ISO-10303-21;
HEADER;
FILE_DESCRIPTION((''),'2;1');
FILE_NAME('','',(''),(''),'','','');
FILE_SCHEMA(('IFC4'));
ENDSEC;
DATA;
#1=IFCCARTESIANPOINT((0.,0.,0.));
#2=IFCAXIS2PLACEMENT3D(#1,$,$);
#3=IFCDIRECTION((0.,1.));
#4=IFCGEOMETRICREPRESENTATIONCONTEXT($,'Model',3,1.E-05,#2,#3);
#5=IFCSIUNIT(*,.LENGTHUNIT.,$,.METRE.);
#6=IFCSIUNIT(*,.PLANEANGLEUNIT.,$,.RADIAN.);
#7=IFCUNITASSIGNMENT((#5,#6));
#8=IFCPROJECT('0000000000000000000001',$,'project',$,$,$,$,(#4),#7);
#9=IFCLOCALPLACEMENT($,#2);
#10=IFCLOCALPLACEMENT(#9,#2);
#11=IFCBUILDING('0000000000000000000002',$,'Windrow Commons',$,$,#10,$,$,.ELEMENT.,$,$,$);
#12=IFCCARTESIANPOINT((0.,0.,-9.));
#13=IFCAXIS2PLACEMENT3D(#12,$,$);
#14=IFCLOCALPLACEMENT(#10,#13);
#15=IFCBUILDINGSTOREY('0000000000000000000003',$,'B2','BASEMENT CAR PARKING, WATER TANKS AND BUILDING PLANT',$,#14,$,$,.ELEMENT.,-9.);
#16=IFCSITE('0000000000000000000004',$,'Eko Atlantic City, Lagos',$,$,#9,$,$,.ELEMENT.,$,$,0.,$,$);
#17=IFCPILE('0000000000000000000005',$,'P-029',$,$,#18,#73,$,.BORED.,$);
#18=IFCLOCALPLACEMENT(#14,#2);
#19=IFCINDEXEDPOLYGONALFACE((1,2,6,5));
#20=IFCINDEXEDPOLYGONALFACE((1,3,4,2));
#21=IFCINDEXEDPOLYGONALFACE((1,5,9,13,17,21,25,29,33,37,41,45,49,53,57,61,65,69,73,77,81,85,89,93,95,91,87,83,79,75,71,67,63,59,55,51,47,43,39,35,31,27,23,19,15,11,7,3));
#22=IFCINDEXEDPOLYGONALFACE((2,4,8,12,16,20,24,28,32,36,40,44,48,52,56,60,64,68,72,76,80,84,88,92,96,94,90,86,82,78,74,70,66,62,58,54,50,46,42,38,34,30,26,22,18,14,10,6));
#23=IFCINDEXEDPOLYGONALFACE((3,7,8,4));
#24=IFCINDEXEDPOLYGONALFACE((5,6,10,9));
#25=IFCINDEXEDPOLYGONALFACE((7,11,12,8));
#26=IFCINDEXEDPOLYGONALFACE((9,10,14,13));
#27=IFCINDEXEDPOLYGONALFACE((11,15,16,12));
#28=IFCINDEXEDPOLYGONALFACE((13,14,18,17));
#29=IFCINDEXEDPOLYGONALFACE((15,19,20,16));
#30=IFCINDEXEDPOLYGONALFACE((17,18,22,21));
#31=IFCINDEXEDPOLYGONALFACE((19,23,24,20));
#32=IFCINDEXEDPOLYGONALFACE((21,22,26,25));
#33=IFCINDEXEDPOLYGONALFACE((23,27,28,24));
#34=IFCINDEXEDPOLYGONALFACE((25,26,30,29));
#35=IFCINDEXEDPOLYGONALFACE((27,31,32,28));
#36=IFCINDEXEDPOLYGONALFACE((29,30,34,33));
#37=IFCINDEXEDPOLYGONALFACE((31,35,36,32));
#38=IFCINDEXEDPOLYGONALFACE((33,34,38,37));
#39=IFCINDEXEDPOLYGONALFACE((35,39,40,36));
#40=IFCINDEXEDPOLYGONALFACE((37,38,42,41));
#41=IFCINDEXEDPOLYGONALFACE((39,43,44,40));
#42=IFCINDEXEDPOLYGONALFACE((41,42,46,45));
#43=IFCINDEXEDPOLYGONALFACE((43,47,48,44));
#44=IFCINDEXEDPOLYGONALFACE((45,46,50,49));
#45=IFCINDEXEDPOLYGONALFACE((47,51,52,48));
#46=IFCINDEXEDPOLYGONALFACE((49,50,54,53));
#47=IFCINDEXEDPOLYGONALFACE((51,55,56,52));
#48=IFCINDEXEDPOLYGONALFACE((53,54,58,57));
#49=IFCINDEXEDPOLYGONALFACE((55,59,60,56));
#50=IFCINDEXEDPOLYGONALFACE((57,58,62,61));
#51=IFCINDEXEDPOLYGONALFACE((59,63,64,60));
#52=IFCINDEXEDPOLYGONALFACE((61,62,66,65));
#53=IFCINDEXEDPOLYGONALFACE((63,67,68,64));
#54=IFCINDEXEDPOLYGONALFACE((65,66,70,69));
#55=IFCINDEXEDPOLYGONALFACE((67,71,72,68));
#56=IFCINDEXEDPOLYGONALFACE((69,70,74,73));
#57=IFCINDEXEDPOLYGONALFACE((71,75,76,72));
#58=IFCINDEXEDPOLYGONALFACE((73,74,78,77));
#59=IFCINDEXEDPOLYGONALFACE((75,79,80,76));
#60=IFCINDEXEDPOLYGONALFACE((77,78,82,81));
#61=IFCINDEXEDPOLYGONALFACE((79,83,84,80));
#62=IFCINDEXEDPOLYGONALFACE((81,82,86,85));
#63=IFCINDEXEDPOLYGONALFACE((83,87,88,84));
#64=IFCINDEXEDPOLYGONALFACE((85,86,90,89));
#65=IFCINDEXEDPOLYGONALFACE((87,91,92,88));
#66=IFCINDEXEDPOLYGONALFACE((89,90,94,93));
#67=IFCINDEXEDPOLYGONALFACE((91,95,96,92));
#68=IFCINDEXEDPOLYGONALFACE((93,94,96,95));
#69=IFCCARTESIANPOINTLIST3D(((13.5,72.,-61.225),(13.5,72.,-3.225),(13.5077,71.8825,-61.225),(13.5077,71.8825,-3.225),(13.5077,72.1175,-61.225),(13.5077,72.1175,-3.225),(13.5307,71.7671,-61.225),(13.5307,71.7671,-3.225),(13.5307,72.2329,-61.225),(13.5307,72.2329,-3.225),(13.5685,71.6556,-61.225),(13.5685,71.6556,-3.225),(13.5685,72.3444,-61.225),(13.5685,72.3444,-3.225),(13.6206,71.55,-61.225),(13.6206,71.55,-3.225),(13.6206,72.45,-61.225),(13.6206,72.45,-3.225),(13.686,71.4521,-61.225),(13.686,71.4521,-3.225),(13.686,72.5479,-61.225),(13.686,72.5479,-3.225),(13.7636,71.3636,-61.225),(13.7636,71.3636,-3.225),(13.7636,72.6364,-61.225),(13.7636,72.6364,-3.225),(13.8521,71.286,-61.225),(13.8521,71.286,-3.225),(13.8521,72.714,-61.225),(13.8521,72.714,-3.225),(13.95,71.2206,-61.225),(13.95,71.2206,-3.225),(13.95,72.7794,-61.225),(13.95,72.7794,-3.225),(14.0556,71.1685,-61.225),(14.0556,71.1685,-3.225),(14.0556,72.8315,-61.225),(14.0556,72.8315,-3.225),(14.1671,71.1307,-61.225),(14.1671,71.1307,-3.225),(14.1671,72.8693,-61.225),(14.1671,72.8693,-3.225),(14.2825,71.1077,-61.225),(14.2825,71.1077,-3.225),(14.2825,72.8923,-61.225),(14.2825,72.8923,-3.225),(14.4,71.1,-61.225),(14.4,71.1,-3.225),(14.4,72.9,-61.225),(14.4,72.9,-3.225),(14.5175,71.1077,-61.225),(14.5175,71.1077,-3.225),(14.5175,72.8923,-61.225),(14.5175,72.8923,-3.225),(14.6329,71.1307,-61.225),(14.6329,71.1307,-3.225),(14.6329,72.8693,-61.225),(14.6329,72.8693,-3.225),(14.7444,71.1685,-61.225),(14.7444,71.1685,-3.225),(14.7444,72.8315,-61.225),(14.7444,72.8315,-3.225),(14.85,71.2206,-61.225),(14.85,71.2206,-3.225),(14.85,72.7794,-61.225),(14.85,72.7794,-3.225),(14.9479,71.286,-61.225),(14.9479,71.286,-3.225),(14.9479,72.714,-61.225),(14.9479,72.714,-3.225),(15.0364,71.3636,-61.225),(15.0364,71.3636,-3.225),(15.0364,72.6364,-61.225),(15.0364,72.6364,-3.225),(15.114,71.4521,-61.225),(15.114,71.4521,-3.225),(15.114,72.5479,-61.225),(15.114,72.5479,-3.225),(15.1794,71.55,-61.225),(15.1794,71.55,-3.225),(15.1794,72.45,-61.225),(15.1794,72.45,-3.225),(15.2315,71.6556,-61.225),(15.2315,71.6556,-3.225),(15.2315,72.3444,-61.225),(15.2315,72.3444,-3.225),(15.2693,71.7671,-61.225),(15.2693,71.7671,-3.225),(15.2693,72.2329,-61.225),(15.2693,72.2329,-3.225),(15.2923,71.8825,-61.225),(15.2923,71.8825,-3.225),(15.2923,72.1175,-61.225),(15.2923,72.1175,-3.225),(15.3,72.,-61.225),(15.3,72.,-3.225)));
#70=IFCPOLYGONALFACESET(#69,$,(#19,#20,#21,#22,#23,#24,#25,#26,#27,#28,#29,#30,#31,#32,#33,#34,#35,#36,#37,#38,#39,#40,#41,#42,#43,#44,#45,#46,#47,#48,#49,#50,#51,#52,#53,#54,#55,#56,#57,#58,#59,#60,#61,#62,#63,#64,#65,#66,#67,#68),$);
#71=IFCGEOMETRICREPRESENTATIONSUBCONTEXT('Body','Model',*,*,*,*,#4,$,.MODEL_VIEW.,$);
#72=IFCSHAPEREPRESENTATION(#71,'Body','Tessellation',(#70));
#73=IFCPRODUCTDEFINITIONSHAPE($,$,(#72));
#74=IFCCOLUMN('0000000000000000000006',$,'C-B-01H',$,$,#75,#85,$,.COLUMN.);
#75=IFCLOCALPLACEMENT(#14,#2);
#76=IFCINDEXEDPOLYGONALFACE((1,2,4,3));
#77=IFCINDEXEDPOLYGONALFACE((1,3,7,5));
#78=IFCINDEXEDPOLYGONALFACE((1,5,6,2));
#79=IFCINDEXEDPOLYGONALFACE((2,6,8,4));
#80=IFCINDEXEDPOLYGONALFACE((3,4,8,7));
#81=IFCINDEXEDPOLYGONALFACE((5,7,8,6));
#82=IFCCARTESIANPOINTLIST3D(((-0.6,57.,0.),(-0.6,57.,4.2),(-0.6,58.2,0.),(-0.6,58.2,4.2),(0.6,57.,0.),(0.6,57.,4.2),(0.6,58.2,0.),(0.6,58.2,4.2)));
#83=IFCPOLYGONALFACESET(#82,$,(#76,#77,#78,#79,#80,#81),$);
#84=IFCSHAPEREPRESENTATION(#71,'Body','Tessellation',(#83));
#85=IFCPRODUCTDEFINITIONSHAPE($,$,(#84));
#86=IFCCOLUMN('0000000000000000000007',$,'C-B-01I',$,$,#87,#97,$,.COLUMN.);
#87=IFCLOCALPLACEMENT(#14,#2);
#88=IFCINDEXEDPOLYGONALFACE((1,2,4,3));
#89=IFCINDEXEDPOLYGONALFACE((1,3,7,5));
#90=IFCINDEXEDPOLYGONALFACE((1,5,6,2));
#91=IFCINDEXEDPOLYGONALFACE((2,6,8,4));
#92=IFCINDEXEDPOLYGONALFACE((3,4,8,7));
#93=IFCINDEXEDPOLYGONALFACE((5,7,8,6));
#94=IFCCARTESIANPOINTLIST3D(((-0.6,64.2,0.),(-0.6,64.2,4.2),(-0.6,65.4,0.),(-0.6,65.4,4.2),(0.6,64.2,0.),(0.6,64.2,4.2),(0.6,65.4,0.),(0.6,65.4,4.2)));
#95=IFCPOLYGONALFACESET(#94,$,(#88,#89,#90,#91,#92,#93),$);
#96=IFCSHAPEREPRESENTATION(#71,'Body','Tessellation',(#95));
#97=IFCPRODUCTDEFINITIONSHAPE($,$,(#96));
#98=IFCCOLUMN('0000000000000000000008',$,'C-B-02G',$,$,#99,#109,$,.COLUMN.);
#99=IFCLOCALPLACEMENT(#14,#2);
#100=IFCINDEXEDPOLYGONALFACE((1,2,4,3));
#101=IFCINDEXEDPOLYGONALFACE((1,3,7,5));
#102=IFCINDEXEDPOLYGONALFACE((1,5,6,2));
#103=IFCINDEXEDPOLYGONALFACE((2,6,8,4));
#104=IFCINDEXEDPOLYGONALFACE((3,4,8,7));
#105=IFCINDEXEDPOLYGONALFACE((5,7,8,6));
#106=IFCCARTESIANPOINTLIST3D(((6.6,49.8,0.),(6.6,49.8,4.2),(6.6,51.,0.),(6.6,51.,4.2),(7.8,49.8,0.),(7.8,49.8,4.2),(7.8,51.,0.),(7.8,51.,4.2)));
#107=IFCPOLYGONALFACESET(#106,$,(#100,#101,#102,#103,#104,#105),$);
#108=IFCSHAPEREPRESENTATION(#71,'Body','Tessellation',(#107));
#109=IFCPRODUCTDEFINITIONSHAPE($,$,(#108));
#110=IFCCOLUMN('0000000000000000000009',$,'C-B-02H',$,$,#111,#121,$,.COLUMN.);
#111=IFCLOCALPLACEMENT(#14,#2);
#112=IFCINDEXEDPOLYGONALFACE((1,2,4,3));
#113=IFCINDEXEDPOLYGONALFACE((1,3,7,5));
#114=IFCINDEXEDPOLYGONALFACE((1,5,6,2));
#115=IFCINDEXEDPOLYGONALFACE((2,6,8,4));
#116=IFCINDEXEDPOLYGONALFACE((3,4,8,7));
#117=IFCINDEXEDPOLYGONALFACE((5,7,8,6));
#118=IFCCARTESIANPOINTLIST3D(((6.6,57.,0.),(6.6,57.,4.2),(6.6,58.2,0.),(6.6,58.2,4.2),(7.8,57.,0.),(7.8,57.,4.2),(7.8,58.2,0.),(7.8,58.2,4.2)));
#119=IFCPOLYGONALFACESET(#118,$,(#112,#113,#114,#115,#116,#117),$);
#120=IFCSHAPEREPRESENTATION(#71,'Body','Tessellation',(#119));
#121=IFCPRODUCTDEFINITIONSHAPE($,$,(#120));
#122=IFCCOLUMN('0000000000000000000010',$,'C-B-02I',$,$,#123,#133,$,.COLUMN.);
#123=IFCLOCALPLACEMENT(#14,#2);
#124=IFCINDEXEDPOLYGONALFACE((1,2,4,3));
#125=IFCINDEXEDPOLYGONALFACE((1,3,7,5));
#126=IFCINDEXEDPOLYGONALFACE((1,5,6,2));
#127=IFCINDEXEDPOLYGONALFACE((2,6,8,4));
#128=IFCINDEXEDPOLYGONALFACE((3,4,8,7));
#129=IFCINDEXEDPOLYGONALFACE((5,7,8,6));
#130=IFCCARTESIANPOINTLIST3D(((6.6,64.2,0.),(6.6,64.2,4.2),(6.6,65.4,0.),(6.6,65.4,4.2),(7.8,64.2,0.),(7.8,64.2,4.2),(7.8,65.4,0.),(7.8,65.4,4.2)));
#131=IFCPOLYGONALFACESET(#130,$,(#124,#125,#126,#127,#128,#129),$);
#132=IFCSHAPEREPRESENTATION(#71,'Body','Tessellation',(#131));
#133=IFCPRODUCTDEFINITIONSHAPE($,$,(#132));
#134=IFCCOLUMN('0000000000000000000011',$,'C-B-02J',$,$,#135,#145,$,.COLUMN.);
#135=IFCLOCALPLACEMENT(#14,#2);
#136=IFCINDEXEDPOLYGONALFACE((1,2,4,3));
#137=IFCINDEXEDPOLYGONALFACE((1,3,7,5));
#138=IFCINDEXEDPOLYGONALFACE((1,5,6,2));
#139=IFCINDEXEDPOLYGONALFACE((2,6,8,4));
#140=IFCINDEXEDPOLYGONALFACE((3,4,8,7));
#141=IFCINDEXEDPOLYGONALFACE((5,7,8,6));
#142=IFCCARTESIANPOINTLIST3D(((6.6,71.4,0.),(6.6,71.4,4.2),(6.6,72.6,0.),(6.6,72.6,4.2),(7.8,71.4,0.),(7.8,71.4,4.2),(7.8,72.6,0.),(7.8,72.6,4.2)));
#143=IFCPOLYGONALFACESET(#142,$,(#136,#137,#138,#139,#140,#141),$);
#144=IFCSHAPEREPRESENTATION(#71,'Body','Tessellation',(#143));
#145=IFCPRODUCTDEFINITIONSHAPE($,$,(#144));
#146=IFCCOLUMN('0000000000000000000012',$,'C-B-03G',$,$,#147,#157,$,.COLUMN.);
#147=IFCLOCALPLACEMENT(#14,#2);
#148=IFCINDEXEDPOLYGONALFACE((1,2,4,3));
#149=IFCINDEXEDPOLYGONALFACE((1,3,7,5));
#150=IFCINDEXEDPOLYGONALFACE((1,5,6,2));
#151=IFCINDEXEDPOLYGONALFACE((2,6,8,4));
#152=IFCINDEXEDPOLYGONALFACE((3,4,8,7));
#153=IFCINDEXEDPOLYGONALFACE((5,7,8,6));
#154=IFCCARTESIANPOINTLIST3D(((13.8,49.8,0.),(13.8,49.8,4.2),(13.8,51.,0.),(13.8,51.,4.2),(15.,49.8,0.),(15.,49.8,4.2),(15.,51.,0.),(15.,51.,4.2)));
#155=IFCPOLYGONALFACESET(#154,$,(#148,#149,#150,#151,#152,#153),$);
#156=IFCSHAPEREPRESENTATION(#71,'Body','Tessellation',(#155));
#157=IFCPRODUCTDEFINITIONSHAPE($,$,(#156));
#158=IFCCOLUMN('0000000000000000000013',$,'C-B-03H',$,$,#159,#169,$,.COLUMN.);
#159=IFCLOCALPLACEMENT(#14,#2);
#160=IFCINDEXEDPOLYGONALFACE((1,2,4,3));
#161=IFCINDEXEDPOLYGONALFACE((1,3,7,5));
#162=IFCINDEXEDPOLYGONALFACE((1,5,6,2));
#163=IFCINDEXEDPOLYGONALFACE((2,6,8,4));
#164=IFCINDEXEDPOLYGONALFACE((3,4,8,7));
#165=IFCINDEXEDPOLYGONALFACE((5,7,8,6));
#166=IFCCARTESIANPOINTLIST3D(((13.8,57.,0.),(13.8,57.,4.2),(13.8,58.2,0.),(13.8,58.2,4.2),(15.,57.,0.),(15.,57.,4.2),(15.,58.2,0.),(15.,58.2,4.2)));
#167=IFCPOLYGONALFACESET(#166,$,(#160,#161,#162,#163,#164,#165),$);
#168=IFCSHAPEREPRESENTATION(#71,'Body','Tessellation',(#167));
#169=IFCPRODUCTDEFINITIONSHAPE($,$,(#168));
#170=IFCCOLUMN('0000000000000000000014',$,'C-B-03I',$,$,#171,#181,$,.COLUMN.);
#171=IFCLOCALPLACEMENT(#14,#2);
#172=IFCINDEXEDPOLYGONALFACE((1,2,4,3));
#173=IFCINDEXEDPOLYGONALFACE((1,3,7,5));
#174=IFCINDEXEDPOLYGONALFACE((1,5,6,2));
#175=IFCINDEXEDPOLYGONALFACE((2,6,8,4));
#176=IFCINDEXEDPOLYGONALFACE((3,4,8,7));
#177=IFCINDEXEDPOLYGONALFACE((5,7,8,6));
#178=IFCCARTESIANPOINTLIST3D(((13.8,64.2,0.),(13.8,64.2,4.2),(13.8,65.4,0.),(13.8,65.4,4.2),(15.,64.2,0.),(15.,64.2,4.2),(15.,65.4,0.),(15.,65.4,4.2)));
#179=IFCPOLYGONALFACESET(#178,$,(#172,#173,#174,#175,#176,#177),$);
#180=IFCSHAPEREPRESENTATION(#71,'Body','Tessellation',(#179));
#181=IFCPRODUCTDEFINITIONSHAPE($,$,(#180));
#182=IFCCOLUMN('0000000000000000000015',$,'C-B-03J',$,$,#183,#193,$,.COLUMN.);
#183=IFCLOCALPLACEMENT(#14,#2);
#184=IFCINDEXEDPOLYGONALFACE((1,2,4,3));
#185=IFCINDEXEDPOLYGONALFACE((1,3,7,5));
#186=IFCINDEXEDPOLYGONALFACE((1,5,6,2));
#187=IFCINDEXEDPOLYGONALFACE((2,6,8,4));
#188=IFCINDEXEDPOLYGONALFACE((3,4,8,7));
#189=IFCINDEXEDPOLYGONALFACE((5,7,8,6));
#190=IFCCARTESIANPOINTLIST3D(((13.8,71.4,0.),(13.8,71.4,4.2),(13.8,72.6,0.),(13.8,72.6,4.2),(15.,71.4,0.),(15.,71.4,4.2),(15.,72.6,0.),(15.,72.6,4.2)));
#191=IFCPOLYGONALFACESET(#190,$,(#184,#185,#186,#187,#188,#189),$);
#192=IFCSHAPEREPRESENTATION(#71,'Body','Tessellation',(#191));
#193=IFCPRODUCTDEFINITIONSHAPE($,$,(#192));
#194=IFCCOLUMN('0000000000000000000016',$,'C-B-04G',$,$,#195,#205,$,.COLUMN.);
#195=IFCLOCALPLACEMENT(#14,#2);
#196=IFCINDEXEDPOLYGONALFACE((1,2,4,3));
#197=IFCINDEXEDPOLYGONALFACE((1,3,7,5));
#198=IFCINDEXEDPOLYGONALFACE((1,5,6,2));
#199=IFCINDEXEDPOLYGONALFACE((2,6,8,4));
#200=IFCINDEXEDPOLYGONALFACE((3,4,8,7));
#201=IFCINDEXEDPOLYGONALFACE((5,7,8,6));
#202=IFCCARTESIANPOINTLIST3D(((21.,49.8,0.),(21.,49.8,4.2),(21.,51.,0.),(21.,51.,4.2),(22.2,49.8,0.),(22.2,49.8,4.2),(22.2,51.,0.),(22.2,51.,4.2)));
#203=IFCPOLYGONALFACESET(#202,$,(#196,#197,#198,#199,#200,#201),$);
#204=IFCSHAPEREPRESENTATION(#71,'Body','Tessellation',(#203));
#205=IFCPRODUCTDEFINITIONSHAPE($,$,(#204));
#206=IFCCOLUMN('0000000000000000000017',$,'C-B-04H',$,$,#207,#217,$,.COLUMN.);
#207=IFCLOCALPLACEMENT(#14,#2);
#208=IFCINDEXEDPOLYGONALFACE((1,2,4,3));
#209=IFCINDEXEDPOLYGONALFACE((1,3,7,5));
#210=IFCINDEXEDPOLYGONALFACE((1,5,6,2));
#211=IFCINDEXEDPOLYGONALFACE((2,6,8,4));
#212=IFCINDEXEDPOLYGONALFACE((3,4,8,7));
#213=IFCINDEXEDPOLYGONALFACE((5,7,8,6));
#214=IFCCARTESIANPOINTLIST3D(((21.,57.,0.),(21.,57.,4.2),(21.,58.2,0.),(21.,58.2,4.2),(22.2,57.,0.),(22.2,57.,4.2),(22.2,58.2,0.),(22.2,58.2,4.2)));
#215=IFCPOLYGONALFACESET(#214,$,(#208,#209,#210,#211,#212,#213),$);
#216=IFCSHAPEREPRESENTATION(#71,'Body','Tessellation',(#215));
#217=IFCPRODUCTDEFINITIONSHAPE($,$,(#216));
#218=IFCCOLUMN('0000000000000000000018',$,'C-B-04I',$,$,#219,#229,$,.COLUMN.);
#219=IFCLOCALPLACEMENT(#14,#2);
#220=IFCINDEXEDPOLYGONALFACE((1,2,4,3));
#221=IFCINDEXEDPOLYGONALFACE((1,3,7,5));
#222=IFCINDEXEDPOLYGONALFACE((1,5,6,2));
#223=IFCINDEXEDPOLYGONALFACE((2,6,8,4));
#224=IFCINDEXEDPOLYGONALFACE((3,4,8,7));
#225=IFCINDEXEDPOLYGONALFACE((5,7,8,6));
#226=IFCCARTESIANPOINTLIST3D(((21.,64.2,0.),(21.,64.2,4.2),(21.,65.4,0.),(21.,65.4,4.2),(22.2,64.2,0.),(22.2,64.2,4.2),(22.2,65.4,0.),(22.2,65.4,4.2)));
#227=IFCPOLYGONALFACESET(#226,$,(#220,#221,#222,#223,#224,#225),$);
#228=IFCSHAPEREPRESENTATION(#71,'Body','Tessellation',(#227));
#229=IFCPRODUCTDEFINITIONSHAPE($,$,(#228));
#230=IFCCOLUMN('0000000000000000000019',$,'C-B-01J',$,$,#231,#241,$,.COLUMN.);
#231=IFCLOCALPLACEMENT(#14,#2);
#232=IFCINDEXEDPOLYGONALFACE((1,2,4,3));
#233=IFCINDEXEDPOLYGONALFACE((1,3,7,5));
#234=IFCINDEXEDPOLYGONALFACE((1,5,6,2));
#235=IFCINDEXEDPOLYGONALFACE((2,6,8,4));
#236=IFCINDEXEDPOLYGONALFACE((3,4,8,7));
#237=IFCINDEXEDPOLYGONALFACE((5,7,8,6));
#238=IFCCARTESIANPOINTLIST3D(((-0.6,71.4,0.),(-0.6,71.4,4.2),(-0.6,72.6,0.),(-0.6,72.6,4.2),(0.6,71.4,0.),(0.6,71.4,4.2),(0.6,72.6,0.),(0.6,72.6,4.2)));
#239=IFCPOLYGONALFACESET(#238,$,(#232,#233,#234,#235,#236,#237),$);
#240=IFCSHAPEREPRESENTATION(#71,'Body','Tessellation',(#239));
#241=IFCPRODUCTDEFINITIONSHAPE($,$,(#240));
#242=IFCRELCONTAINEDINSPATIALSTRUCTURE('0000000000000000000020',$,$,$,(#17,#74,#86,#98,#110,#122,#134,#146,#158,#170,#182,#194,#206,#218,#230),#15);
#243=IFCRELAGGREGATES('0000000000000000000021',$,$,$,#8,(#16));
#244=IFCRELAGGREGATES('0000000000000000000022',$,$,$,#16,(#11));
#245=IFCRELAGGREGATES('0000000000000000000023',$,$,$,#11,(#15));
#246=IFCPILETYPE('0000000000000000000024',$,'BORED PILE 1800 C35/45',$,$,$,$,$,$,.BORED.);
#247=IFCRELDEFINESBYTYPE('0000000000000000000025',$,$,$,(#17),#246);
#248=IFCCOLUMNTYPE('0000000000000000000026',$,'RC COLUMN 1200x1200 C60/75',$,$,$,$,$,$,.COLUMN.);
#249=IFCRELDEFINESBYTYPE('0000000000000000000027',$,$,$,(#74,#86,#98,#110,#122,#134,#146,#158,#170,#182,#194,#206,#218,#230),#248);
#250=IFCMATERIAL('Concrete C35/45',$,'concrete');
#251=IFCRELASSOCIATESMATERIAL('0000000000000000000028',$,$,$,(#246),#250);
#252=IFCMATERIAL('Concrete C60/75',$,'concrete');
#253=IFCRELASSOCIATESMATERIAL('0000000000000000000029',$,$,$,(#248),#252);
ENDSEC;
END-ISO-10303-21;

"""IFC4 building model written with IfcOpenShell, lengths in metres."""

from ifc_helpers import new_model, si_unit, direction, frame, origin, origin_2d, place, context, subcontext, project, spatial, rectangle, circle, extrude, material, material_profile, profile_set, type_object, element, save


model = new_model("IFC4")

# Units and contexts
model_context = context("Model", 3, precision=1e-05, world=origin(), true_north=direction((0.0, 1.0)))
body_context = subcontext(model_context, "Body", "Model", "MODEL_VIEW")
ifc_project = project(units=[si_unit("LENGTHUNIT", "METRE"), si_unit("PLANEANGLEUNIT", "RADIAN")], contexts=[model_context])

# Site, building, storey
site_placement = place(None, origin())
site = spatial("IfcSite", under=ifc_project, at=site_placement, Name="Eko Atlantic City, Lagos", CompositionType="ELEMENT", RefElevation=0.0)
building_placement = place(site_placement, origin())
building = spatial("IfcBuilding", under=site, at=building_placement, Name="Windrow Commons", CompositionType="ELEMENT")
storey_placement = place(building_placement, frame((0.0, 0.0, -9.0)))
storey = spatial("IfcBuildingStorey", under=building, at=storey_placement, Name="B2", Description="BASEMENT CAR PARKING, WATER TANKS AND BUILDING PLANT", CompositionType="ELEMENT", Elevation=-9.0)

# Pile
ifc_material_1 = material(Name="Concrete C35/45", Category="concrete")
ifc_material_profile_1 = material_profile(ifc_material_1, circle(Radius=0.9, at=origin_2d()))
ifc_profile_set_1 = profile_set([ifc_material_profile_1], Name="Concrete C35/45")
pile_type = type_object("IfcPileType", Name="BORED PILE 1800 C35/45", PredefinedType="BORED", material=ifc_profile_set_1)
for number, where, z_axis, x_axis, name in (
    (1, (14.4, 72.0, -3.225), (0.0, 0.0, -1.0), (1.0, 0.0, 0.0), "P-029"),
):
    element("IfcPile", number, at=place(storey_placement, frame(where, z_axis=z_axis, x_axis=x_axis)), inside=storey, type_object=pile_type, Name=name, PredefinedType="BORED", context=body_context, shape_type="SweptSolid", body=[
        extrude(circle(Radius=0.9, at=origin_2d()), origin(), (0.0, 0.0, 1.0), 58.0),
    ])

# Columns
ifc_material_2 = material(Name="Concrete C60/75", Category="concrete")
ifc_material_profile_2 = material_profile(ifc_material_2, rectangle(XDim=1.2, YDim=1.2, at=origin_2d()))
ifc_profile_set_2 = profile_set([ifc_material_profile_2], Name="Concrete C60/75")
column_type = type_object("IfcColumnType", Name="RC COLUMN 1200x1200 C60/75", PredefinedType="COLUMN", material=ifc_profile_set_2)
for number, where, z_axis, x_axis, name in (
    (2, (0.0, 57.6, 0.0), (0.0, 0.0, 1.0), (1.0, 0.0, 0.0), "C-B-01H"),
    (3, (0.0, 64.8, 0.0), (0.0, 0.0, 1.0), (1.0, 0.0, 0.0), "C-B-01I"),
    (4, (7.2, 50.4, 0.0), (0.0, 0.0, 1.0), (1.0, 0.0, 0.0), "C-B-02G"),
    (5, (7.2, 57.6, 0.0), (0.0, 0.0, 1.0), (1.0, 0.0, 0.0), "C-B-02H"),
    (6, (7.2, 64.8, 0.0), (0.0, 0.0, 1.0), (1.0, 0.0, 0.0), "C-B-02I"),
    (7, (7.2, 72.0, 0.0), (0.0, 0.0, 1.0), (1.0, 0.0, 0.0), "C-B-02J"),
    (8, (14.4, 50.4, 0.0), (0.0, 0.0, 1.0), (1.0, 0.0, 0.0), "C-B-03G"),
    (9, (14.4, 57.6, 0.0), (0.0, 0.0, 1.0), (1.0, 0.0, 0.0), "C-B-03H"),
    (10, (14.4, 64.8, 0.0), (0.0, 0.0, 1.0), (1.0, 0.0, 0.0), "C-B-03I"),
    (11, (14.4, 72.0, 0.0), (0.0, 0.0, 1.0), (1.0, 0.0, 0.0), "C-B-03J"),
    (12, (21.6, 50.4, 0.0), (0.0, 0.0, 1.0), (1.0, 0.0, 0.0), "C-B-04G"),
    (13, (21.6, 57.6, 0.0), (0.0, 0.0, 1.0), (1.0, 0.0, 0.0), "C-B-04H"),
    (14, (21.6, 64.8, 0.0), (0.0, 0.0, 1.0), (1.0, 0.0, 0.0), "C-B-04I"),
    (15, (0.0, 72.0, 0.0), (0.0, 0.0, 1.0), (1.0, 0.0, 0.0), "C-B-01J"),
):
    element("IfcColumn", number, at=place(storey_placement, frame(where, z_axis=z_axis, x_axis=x_axis)), inside=storey, type_object=column_type, Name=name, PredefinedType="COLUMN", context=body_context, shape_type="SweptSolid", body=[
        extrude(rectangle(XDim=1.2, YDim=1.2, at=origin_2d()), origin(), (0.0, 0.0, 1.0), 4.2),
    ])

save(model, "model.ifc")
